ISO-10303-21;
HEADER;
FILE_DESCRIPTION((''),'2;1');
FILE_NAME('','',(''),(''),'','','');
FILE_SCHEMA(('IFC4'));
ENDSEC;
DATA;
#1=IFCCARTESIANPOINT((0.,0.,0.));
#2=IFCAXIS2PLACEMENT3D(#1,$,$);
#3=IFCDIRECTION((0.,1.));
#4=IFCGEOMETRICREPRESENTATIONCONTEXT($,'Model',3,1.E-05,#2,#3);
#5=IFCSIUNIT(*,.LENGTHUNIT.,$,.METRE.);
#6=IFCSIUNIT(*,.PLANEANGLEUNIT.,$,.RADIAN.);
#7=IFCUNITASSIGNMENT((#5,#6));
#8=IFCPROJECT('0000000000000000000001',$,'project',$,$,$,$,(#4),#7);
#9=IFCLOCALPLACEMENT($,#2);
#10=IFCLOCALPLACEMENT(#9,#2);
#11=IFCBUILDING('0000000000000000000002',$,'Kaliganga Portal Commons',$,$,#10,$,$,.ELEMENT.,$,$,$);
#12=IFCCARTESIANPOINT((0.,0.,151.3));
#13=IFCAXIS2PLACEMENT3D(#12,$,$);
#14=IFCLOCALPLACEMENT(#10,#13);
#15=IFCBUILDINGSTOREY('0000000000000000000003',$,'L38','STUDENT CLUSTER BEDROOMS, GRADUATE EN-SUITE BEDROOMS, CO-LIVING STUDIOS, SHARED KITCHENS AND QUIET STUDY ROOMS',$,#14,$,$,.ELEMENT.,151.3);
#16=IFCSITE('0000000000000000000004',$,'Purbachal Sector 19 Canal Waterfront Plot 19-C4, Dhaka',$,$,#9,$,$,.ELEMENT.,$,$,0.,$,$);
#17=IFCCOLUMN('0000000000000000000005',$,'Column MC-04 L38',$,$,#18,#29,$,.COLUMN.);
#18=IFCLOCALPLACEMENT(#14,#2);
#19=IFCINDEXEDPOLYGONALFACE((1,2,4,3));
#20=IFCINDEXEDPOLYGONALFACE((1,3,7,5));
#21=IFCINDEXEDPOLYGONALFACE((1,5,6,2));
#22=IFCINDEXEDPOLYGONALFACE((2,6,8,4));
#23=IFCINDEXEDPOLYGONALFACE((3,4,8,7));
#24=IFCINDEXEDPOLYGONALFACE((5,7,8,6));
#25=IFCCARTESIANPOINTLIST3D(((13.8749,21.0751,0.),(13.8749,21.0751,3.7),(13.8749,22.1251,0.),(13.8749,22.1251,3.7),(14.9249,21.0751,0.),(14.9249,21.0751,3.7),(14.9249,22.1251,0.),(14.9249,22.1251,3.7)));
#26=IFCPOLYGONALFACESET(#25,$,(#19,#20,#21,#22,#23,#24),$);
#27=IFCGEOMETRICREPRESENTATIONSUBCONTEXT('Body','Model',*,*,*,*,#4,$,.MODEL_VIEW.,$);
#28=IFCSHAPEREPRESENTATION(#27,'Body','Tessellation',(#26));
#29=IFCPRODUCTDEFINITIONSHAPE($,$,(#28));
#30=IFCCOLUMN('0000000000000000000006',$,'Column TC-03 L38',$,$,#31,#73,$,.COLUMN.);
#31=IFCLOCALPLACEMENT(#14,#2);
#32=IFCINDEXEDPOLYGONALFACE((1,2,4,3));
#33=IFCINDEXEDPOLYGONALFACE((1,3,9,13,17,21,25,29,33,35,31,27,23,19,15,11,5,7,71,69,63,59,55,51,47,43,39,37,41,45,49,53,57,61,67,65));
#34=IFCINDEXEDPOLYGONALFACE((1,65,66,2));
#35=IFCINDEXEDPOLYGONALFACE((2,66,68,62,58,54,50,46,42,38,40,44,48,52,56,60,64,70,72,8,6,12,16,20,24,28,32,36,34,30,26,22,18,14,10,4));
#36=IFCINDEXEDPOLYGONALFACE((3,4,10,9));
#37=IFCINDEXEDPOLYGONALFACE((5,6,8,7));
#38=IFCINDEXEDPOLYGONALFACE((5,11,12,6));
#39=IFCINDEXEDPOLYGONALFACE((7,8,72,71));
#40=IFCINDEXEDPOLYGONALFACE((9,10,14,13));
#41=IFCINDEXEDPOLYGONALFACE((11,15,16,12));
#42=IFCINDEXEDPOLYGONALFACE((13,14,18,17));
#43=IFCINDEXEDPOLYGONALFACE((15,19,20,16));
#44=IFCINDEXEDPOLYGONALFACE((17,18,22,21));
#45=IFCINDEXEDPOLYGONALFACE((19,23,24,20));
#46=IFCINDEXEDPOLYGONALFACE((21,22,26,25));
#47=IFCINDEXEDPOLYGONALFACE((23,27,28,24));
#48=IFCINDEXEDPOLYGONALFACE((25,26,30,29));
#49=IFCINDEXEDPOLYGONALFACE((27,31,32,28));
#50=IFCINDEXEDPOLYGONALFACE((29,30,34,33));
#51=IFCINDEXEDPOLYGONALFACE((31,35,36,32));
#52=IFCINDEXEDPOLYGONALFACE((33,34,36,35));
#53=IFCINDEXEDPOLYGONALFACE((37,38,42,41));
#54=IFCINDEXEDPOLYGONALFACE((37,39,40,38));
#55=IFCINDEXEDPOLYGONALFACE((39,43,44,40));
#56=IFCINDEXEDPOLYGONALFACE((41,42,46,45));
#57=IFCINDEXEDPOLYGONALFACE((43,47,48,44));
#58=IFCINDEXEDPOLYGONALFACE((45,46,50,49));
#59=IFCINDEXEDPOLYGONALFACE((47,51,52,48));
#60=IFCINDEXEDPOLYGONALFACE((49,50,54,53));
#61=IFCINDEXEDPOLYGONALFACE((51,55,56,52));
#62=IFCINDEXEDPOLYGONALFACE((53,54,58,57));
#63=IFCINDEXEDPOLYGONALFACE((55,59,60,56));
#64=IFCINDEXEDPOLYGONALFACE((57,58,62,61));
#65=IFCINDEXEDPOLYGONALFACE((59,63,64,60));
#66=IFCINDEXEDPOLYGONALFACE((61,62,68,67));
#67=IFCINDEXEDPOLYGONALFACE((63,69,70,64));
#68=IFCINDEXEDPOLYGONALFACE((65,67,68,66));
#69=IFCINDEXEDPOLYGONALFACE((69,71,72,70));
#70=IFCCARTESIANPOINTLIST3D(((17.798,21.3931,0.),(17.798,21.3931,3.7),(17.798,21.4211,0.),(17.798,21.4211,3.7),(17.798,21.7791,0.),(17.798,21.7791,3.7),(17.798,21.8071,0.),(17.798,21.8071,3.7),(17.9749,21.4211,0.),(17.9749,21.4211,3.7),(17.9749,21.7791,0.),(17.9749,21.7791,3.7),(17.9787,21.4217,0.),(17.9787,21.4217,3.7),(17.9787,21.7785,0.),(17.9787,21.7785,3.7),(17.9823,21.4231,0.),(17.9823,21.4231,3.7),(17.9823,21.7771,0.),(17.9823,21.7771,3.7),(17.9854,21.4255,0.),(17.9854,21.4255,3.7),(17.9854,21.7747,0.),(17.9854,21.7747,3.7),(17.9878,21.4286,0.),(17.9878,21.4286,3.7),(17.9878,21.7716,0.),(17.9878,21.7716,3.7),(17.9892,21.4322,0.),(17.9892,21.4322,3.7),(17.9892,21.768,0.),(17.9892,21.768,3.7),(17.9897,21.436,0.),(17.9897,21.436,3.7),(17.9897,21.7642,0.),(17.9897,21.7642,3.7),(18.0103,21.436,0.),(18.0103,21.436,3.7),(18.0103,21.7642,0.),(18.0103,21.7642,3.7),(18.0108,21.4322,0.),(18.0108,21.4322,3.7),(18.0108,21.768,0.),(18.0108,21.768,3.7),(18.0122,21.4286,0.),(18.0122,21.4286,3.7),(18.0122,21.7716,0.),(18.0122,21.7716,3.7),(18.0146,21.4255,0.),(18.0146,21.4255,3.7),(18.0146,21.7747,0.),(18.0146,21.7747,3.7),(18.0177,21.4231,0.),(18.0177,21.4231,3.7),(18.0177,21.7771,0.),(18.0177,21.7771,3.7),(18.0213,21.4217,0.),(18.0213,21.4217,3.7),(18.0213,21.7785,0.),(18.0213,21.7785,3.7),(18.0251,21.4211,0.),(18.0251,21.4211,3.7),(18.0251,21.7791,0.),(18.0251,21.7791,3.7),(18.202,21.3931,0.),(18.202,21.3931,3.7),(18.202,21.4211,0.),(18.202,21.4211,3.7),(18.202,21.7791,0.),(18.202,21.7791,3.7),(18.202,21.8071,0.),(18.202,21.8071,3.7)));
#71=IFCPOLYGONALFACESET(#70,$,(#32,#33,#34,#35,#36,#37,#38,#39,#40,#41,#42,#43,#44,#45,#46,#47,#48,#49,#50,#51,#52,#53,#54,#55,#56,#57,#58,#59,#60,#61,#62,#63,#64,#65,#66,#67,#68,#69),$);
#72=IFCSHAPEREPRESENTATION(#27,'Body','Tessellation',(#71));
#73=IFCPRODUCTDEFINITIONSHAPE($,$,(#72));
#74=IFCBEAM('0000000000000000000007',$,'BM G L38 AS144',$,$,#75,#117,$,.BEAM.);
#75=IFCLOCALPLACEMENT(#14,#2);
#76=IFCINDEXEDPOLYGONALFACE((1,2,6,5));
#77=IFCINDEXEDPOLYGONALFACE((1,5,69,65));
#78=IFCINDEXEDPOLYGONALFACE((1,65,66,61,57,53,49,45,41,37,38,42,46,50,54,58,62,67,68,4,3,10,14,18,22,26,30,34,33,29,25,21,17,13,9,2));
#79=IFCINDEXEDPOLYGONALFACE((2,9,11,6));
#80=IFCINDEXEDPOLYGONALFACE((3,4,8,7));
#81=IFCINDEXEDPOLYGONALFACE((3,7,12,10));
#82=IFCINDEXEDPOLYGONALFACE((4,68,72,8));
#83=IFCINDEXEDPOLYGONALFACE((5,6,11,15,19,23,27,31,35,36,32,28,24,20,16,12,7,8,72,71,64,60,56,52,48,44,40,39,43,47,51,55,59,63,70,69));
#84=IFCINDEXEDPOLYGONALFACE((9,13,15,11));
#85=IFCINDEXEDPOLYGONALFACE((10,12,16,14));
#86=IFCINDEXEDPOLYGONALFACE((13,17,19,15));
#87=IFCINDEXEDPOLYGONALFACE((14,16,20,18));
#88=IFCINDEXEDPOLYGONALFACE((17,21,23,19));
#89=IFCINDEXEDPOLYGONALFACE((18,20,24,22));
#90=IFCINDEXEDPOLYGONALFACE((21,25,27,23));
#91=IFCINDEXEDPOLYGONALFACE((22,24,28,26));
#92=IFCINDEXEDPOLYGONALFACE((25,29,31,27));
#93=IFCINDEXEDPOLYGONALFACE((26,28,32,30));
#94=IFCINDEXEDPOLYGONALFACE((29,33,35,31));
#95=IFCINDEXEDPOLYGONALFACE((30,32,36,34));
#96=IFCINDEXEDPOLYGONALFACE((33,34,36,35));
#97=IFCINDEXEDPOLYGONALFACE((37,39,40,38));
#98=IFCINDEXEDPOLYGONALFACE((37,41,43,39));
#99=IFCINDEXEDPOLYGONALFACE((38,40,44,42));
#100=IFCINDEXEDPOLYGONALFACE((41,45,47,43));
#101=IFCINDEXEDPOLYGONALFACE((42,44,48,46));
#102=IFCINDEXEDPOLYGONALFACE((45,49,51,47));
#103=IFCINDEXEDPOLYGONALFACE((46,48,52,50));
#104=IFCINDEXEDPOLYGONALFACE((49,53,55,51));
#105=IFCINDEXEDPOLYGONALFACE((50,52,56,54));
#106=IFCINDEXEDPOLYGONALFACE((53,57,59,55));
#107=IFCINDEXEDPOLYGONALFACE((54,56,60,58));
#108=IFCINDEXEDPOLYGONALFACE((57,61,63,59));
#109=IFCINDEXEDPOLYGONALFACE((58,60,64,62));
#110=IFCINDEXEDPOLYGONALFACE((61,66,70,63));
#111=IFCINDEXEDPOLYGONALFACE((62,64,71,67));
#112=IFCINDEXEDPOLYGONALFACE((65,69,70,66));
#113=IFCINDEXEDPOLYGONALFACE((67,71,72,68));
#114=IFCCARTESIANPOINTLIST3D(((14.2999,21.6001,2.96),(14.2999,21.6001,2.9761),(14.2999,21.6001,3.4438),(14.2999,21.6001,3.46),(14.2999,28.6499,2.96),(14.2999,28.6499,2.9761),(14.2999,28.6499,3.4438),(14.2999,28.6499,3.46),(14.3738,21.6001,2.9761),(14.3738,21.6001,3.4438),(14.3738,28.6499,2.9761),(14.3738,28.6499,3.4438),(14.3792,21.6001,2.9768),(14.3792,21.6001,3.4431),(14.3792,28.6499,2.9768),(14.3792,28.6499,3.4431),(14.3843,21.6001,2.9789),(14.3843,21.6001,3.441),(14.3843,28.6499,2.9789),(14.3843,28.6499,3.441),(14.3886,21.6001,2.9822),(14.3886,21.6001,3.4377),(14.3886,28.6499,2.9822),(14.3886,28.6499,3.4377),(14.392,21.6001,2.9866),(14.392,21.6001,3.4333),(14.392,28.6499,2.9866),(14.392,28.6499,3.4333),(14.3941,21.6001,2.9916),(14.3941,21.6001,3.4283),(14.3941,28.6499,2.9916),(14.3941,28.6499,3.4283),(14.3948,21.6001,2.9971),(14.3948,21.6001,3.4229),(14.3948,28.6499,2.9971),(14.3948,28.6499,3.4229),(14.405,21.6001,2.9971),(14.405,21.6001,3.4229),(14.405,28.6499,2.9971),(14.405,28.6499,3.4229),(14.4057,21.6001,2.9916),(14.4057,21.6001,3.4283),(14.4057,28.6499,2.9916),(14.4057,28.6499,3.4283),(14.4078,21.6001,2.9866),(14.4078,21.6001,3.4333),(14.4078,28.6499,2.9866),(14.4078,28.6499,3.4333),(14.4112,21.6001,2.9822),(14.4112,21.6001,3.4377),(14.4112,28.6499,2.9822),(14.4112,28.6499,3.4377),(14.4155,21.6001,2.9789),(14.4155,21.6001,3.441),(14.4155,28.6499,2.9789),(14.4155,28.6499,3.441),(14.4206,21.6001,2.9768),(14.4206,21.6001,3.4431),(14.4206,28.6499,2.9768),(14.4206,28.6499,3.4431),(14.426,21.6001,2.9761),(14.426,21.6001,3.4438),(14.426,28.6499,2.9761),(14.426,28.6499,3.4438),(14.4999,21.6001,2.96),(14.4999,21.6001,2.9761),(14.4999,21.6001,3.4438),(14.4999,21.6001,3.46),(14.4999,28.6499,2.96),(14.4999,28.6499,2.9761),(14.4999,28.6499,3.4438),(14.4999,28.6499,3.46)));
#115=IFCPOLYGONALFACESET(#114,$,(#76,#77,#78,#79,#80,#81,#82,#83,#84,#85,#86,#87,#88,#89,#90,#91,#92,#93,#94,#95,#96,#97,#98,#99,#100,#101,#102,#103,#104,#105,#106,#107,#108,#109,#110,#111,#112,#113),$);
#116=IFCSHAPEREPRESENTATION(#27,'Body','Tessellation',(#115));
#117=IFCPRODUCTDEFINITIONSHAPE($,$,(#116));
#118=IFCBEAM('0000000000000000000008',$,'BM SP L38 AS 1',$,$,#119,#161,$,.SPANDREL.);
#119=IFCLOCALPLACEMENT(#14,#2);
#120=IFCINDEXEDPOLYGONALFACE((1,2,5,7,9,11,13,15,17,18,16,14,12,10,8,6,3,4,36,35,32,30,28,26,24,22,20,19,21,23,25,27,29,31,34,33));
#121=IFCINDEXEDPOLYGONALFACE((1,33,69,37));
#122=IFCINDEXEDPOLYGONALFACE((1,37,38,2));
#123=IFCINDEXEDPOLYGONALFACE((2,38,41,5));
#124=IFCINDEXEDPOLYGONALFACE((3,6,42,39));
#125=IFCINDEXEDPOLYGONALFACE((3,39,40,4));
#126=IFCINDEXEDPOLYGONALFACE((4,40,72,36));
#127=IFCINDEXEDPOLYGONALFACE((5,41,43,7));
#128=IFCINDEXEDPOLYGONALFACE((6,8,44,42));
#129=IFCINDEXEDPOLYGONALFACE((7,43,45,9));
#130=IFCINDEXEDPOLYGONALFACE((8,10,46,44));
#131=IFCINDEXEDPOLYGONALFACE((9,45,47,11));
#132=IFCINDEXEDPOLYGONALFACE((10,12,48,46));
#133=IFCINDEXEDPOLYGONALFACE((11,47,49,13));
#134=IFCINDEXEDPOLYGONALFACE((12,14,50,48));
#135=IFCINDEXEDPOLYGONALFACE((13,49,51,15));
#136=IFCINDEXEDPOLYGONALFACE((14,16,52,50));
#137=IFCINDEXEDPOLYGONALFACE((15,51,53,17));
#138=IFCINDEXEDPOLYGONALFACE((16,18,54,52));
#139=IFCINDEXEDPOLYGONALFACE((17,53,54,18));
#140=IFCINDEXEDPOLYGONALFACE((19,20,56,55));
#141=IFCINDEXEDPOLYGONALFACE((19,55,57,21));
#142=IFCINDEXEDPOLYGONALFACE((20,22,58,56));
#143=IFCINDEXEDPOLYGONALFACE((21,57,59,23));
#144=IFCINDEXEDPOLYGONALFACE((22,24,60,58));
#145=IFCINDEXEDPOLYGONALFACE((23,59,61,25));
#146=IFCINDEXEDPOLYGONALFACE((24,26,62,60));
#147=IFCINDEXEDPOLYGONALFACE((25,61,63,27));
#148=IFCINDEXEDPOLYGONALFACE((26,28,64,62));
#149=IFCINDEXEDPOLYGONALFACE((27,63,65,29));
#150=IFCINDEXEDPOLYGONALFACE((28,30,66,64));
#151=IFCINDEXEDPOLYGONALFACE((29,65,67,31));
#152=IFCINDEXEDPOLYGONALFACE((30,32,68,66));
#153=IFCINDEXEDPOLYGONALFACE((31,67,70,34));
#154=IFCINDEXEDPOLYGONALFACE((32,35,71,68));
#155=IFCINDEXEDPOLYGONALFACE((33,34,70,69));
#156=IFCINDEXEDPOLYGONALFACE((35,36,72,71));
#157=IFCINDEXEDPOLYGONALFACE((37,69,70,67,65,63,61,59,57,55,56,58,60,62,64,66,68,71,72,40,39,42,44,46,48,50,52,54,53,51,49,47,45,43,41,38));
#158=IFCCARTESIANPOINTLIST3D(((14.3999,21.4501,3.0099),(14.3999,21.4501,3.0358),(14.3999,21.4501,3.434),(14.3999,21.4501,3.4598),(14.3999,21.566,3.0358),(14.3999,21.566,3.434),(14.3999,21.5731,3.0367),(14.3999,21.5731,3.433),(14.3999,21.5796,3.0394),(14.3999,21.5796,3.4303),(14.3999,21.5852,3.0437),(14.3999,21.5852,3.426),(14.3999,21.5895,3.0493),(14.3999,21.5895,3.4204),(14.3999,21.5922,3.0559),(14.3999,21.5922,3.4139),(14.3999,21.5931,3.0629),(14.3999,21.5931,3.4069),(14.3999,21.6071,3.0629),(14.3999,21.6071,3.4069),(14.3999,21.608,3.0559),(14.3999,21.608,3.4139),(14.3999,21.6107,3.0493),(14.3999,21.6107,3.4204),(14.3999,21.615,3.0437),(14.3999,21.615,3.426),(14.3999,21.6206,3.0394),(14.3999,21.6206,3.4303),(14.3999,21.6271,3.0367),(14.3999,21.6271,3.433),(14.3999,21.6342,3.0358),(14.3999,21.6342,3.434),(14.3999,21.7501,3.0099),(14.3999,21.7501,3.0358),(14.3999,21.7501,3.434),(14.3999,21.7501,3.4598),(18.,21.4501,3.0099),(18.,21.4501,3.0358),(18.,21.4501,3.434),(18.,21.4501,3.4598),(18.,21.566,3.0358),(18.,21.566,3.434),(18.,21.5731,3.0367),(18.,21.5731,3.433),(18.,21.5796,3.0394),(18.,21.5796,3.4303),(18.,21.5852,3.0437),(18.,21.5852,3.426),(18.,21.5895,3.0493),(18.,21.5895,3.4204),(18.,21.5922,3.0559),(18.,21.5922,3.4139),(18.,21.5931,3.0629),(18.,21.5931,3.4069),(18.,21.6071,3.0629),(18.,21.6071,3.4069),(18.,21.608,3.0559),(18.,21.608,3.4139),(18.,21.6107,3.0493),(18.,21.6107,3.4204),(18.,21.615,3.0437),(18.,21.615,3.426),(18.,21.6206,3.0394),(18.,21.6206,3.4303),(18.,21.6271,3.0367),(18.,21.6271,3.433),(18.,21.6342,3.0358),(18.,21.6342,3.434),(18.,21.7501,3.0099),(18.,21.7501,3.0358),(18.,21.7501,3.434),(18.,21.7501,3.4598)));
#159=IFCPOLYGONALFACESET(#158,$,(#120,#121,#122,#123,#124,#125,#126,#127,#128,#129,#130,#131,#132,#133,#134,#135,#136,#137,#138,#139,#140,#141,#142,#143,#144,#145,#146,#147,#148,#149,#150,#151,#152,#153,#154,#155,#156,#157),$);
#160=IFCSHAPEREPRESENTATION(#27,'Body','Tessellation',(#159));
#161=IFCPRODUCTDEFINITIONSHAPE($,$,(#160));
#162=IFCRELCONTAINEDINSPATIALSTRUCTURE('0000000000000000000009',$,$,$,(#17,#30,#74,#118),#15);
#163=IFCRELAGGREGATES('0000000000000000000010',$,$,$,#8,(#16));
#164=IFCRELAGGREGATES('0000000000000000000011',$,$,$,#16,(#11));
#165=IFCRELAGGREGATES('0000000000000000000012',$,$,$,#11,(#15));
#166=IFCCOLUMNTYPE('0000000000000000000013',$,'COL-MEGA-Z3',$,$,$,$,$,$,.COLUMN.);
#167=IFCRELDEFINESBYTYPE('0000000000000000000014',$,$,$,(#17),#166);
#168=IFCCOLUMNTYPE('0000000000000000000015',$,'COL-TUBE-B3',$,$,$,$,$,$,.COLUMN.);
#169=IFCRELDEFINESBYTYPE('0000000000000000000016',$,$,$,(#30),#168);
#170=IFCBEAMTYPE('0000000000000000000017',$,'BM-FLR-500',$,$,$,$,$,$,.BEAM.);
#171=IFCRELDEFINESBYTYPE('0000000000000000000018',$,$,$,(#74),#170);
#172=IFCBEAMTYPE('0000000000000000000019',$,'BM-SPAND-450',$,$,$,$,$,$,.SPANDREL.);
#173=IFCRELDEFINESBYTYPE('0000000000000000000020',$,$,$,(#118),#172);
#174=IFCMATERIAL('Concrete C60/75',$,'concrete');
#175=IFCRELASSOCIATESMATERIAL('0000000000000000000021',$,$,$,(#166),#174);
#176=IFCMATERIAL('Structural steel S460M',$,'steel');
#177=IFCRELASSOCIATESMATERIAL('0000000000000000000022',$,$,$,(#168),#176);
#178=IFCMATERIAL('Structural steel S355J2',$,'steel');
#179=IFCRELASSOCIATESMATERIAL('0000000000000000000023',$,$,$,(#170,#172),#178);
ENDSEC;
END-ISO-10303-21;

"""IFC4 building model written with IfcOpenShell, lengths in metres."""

from ifc_helpers import new_model, si_unit, direction, frame, origin, origin_2d, place, context, subcontext, project, spatial, rectangle, i_section, extrude, source, transform, mapped, material, material_profile, profile_set, type_object, element, save


model = new_model("IFC4")

# Units and contexts
model_context = context("Model", 3, precision=1e-05, world=origin(), true_north=direction((0.0, 1.0)))
body_context = subcontext(model_context, "Body", "Model", "MODEL_VIEW")
ifc_project = project(units=[si_unit("LENGTHUNIT", "METRE"), si_unit("PLANEANGLEUNIT", "RADIAN")], contexts=[model_context])

# Site, building, storey
site_placement = place(None, origin())
site = spatial("IfcSite", under=ifc_project, at=site_placement, Name="Purbachal Sector 19 Canal Waterfront Plot 19-C4, Dhaka", CompositionType="ELEMENT", RefElevation=0.0)
building_placement = place(site_placement, origin())
building = spatial("IfcBuilding", under=site, at=building_placement, Name="Kaliganga Portal Commons", CompositionType="ELEMENT")
storey_placement = place(building_placement, frame((0.0, 0.0, 151.3)))
storey = spatial("IfcBuildingStorey", under=building, at=storey_placement, Name="L38", Description="STUDENT CLUSTER BEDROOMS, GRADUATE EN-SUITE BEDROOMS, CO-LIVING STUDIOS, SHARED KITCHENS AND QUIET STUDY ROOMS", CompositionType="ELEMENT", Elevation=151.3)

# Columns
ifc_material_1 = material(Name="Concrete C60/75", Category="concrete")
ifc_material_profile_1 = material_profile(ifc_material_1, rectangle(XDim=1.05, YDim=1.05, at=origin_2d()), Name="RC 1050x1050")
ifc_profile_set_1 = profile_set([ifc_material_profile_1], Name="Concrete C60/75")
column_type_1 = type_object("IfcColumnType", Name="COL-MEGA-Z3", PredefinedType="COLUMN", material=ifc_profile_set_1)
shared_shape_1 = source(origin(), body_context, "Body", "SweptSolid", [
    extrude(rectangle(XDim=1.05, YDim=1.05, at=origin_2d()), origin(), (0.0, 0.0, 1.0), 3.7),
])
column_1_placement = place(storey_placement, frame((14.3999, 21.6001, 0.0), z_axis=(0.0, 0.0, 1.0), x_axis=(1.0, 0.0, 0.0)))
element("IfcColumn", 1, at=column_1_placement, inside=storey, type_object=column_type_1, Name="Column MC-04 L38", PredefinedType="COLUMN", context=body_context, shape_type="MappedRepresentation", body=[
    mapped(shared_shape_1, transform((0.0, 0.0, 0.0), x_axis=(1.0, 0.0, 0.0), y_axis=(0.0, 1.0, 0.0), z_axis=(0.0, 0.0, 1.0), scale=1.0)),
])
ifc_material_2 = material(Name="Structural steel S460M", Category="steel")
ifc_material_profile_2 = material_profile(ifc_material_2, i_section(OverallWidth=0.4041, OverallDepth=0.4141, WebThickness=0.0205, FlangeThickness=0.0281, FilletRadius=0.0149, at=origin_2d()), Name="HD 400x347")
ifc_profile_set_2 = profile_set([ifc_material_profile_2], Name="Structural steel S460M wide-flange")
column_type_2 = type_object("IfcColumnType", Name="COL-TUBE-B3", PredefinedType="COLUMN", material=ifc_profile_set_2)
shared_shape_2 = source(origin(), body_context, "Body", "SweptSolid", [
    extrude(i_section(OverallWidth=0.4041, OverallDepth=0.4141, WebThickness=0.0205, FlangeThickness=0.0281, FilletRadius=0.0149, at=origin_2d()), origin(), (0.0, 0.0, 1.0), 3.7),
])
column_2_placement = place(storey_placement, frame((18.0, 21.6001, 0.0), z_axis=(0.0, 0.0, 1.0), x_axis=(1.0, 0.0, 0.0)))
element("IfcColumn", 2, at=column_2_placement, inside=storey, type_object=column_type_2, Name="Column TC-03 L38", PredefinedType="COLUMN", context=body_context, shape_type="MappedRepresentation", body=[
    mapped(shared_shape_2, transform((0.0, 0.0, 0.0), x_axis=(1.0, 0.0, 0.0), y_axis=(0.0, 1.0, 0.0), z_axis=(0.0, 0.0, 1.0), scale=1.0)),
])

# Beams
ifc_material_3 = material(Name="Structural steel S355J2", Category="steel")
ifc_material_profile_3 = material_profile(ifc_material_3, i_section(OverallWidth=0.2, OverallDepth=0.5, WebThickness=0.0103, FlangeThickness=0.0161, FilletRadius=0.021, at=origin_2d()), Name="IPE 500")
ifc_profile_set_3 = profile_set([ifc_material_profile_3], Name="Structural steel S355J2 wide-flange")
beam_type_1 = type_object("IfcBeamType", Name="BM-FLR-500", PredefinedType="BEAM", material=ifc_profile_set_3)
shared_shape_3 = source(origin(), body_context, "Body", "SweptSolid", [
    extrude(i_section(OverallWidth=0.2, OverallDepth=0.5, WebThickness=0.0103, FlangeThickness=0.0161, FilletRadius=0.021, at=origin_2d()), origin(), (0.0, 0.0, 1.0), 7.0498),
])
beam_1_placement = place(storey_placement, frame((14.3999, 21.6001, 3.21), z_axis=(0.0, 1.0, 0.0), x_axis=(-1.0, 0.0, 0.0)))
element("IfcBeam", 3, at=beam_1_placement, inside=storey, type_object=beam_type_1, Name="BM G L38 AS144", PredefinedType="BEAM", context=body_context, shape_type="MappedRepresentation", body=[
    mapped(shared_shape_3, transform((0.0, 0.0, 0.0), x_axis=(1.0, 0.0, 0.0), y_axis=(0.0, 1.0, 0.0), z_axis=(0.0, 0.0, 1.0), scale=1.0)),
])
ifc_material_profile_4 = material_profile(ifc_material_3, i_section(OverallWidth=0.3, OverallDepth=0.45, WebThickness=0.0139, FlangeThickness=0.0259, FilletRadius=0.0271, at=origin_2d()), Name="HE 450 B")
ifc_profile_set_4 = profile_set([ifc_material_profile_4], Name="Structural steel S355J2 wide-flange")
beam_type_2 = type_object("IfcBeamType", Name="BM-SPAND-450", PredefinedType="SPANDREL", material=ifc_profile_set_4)
shared_shape_4 = source(origin(), body_context, "Body", "SweptSolid", [
    extrude(i_section(OverallWidth=0.3, OverallDepth=0.45, WebThickness=0.0139, FlangeThickness=0.0259, FilletRadius=0.0271, at=origin_2d()), origin(), (0.0, 0.0, 1.0), 3.6001),
])
for number, where, z_axis, x_axis, name in (
    (4, (14.3999, 21.6001, 3.2349), (1.0, 0.0, 0.0), (0.0, 1.0, 0.0), "BM SP L38 AS 1"),
):
    element("IfcBeam", number, at=place(storey_placement, frame(where, z_axis=z_axis, x_axis=x_axis)), inside=storey, type_object=beam_type_2, Name=name, PredefinedType="SPANDREL", context=body_context, shape_type="MappedRepresentation", body=[
        mapped(shared_shape_4, transform((0.0, 0.0, 0.0), x_axis=(1.0, 0.0, 0.0), y_axis=(0.0, 1.0, 0.0), z_axis=(0.0, 0.0, 1.0), scale=1.0)),
    ])

save(model, "model.ifc")
